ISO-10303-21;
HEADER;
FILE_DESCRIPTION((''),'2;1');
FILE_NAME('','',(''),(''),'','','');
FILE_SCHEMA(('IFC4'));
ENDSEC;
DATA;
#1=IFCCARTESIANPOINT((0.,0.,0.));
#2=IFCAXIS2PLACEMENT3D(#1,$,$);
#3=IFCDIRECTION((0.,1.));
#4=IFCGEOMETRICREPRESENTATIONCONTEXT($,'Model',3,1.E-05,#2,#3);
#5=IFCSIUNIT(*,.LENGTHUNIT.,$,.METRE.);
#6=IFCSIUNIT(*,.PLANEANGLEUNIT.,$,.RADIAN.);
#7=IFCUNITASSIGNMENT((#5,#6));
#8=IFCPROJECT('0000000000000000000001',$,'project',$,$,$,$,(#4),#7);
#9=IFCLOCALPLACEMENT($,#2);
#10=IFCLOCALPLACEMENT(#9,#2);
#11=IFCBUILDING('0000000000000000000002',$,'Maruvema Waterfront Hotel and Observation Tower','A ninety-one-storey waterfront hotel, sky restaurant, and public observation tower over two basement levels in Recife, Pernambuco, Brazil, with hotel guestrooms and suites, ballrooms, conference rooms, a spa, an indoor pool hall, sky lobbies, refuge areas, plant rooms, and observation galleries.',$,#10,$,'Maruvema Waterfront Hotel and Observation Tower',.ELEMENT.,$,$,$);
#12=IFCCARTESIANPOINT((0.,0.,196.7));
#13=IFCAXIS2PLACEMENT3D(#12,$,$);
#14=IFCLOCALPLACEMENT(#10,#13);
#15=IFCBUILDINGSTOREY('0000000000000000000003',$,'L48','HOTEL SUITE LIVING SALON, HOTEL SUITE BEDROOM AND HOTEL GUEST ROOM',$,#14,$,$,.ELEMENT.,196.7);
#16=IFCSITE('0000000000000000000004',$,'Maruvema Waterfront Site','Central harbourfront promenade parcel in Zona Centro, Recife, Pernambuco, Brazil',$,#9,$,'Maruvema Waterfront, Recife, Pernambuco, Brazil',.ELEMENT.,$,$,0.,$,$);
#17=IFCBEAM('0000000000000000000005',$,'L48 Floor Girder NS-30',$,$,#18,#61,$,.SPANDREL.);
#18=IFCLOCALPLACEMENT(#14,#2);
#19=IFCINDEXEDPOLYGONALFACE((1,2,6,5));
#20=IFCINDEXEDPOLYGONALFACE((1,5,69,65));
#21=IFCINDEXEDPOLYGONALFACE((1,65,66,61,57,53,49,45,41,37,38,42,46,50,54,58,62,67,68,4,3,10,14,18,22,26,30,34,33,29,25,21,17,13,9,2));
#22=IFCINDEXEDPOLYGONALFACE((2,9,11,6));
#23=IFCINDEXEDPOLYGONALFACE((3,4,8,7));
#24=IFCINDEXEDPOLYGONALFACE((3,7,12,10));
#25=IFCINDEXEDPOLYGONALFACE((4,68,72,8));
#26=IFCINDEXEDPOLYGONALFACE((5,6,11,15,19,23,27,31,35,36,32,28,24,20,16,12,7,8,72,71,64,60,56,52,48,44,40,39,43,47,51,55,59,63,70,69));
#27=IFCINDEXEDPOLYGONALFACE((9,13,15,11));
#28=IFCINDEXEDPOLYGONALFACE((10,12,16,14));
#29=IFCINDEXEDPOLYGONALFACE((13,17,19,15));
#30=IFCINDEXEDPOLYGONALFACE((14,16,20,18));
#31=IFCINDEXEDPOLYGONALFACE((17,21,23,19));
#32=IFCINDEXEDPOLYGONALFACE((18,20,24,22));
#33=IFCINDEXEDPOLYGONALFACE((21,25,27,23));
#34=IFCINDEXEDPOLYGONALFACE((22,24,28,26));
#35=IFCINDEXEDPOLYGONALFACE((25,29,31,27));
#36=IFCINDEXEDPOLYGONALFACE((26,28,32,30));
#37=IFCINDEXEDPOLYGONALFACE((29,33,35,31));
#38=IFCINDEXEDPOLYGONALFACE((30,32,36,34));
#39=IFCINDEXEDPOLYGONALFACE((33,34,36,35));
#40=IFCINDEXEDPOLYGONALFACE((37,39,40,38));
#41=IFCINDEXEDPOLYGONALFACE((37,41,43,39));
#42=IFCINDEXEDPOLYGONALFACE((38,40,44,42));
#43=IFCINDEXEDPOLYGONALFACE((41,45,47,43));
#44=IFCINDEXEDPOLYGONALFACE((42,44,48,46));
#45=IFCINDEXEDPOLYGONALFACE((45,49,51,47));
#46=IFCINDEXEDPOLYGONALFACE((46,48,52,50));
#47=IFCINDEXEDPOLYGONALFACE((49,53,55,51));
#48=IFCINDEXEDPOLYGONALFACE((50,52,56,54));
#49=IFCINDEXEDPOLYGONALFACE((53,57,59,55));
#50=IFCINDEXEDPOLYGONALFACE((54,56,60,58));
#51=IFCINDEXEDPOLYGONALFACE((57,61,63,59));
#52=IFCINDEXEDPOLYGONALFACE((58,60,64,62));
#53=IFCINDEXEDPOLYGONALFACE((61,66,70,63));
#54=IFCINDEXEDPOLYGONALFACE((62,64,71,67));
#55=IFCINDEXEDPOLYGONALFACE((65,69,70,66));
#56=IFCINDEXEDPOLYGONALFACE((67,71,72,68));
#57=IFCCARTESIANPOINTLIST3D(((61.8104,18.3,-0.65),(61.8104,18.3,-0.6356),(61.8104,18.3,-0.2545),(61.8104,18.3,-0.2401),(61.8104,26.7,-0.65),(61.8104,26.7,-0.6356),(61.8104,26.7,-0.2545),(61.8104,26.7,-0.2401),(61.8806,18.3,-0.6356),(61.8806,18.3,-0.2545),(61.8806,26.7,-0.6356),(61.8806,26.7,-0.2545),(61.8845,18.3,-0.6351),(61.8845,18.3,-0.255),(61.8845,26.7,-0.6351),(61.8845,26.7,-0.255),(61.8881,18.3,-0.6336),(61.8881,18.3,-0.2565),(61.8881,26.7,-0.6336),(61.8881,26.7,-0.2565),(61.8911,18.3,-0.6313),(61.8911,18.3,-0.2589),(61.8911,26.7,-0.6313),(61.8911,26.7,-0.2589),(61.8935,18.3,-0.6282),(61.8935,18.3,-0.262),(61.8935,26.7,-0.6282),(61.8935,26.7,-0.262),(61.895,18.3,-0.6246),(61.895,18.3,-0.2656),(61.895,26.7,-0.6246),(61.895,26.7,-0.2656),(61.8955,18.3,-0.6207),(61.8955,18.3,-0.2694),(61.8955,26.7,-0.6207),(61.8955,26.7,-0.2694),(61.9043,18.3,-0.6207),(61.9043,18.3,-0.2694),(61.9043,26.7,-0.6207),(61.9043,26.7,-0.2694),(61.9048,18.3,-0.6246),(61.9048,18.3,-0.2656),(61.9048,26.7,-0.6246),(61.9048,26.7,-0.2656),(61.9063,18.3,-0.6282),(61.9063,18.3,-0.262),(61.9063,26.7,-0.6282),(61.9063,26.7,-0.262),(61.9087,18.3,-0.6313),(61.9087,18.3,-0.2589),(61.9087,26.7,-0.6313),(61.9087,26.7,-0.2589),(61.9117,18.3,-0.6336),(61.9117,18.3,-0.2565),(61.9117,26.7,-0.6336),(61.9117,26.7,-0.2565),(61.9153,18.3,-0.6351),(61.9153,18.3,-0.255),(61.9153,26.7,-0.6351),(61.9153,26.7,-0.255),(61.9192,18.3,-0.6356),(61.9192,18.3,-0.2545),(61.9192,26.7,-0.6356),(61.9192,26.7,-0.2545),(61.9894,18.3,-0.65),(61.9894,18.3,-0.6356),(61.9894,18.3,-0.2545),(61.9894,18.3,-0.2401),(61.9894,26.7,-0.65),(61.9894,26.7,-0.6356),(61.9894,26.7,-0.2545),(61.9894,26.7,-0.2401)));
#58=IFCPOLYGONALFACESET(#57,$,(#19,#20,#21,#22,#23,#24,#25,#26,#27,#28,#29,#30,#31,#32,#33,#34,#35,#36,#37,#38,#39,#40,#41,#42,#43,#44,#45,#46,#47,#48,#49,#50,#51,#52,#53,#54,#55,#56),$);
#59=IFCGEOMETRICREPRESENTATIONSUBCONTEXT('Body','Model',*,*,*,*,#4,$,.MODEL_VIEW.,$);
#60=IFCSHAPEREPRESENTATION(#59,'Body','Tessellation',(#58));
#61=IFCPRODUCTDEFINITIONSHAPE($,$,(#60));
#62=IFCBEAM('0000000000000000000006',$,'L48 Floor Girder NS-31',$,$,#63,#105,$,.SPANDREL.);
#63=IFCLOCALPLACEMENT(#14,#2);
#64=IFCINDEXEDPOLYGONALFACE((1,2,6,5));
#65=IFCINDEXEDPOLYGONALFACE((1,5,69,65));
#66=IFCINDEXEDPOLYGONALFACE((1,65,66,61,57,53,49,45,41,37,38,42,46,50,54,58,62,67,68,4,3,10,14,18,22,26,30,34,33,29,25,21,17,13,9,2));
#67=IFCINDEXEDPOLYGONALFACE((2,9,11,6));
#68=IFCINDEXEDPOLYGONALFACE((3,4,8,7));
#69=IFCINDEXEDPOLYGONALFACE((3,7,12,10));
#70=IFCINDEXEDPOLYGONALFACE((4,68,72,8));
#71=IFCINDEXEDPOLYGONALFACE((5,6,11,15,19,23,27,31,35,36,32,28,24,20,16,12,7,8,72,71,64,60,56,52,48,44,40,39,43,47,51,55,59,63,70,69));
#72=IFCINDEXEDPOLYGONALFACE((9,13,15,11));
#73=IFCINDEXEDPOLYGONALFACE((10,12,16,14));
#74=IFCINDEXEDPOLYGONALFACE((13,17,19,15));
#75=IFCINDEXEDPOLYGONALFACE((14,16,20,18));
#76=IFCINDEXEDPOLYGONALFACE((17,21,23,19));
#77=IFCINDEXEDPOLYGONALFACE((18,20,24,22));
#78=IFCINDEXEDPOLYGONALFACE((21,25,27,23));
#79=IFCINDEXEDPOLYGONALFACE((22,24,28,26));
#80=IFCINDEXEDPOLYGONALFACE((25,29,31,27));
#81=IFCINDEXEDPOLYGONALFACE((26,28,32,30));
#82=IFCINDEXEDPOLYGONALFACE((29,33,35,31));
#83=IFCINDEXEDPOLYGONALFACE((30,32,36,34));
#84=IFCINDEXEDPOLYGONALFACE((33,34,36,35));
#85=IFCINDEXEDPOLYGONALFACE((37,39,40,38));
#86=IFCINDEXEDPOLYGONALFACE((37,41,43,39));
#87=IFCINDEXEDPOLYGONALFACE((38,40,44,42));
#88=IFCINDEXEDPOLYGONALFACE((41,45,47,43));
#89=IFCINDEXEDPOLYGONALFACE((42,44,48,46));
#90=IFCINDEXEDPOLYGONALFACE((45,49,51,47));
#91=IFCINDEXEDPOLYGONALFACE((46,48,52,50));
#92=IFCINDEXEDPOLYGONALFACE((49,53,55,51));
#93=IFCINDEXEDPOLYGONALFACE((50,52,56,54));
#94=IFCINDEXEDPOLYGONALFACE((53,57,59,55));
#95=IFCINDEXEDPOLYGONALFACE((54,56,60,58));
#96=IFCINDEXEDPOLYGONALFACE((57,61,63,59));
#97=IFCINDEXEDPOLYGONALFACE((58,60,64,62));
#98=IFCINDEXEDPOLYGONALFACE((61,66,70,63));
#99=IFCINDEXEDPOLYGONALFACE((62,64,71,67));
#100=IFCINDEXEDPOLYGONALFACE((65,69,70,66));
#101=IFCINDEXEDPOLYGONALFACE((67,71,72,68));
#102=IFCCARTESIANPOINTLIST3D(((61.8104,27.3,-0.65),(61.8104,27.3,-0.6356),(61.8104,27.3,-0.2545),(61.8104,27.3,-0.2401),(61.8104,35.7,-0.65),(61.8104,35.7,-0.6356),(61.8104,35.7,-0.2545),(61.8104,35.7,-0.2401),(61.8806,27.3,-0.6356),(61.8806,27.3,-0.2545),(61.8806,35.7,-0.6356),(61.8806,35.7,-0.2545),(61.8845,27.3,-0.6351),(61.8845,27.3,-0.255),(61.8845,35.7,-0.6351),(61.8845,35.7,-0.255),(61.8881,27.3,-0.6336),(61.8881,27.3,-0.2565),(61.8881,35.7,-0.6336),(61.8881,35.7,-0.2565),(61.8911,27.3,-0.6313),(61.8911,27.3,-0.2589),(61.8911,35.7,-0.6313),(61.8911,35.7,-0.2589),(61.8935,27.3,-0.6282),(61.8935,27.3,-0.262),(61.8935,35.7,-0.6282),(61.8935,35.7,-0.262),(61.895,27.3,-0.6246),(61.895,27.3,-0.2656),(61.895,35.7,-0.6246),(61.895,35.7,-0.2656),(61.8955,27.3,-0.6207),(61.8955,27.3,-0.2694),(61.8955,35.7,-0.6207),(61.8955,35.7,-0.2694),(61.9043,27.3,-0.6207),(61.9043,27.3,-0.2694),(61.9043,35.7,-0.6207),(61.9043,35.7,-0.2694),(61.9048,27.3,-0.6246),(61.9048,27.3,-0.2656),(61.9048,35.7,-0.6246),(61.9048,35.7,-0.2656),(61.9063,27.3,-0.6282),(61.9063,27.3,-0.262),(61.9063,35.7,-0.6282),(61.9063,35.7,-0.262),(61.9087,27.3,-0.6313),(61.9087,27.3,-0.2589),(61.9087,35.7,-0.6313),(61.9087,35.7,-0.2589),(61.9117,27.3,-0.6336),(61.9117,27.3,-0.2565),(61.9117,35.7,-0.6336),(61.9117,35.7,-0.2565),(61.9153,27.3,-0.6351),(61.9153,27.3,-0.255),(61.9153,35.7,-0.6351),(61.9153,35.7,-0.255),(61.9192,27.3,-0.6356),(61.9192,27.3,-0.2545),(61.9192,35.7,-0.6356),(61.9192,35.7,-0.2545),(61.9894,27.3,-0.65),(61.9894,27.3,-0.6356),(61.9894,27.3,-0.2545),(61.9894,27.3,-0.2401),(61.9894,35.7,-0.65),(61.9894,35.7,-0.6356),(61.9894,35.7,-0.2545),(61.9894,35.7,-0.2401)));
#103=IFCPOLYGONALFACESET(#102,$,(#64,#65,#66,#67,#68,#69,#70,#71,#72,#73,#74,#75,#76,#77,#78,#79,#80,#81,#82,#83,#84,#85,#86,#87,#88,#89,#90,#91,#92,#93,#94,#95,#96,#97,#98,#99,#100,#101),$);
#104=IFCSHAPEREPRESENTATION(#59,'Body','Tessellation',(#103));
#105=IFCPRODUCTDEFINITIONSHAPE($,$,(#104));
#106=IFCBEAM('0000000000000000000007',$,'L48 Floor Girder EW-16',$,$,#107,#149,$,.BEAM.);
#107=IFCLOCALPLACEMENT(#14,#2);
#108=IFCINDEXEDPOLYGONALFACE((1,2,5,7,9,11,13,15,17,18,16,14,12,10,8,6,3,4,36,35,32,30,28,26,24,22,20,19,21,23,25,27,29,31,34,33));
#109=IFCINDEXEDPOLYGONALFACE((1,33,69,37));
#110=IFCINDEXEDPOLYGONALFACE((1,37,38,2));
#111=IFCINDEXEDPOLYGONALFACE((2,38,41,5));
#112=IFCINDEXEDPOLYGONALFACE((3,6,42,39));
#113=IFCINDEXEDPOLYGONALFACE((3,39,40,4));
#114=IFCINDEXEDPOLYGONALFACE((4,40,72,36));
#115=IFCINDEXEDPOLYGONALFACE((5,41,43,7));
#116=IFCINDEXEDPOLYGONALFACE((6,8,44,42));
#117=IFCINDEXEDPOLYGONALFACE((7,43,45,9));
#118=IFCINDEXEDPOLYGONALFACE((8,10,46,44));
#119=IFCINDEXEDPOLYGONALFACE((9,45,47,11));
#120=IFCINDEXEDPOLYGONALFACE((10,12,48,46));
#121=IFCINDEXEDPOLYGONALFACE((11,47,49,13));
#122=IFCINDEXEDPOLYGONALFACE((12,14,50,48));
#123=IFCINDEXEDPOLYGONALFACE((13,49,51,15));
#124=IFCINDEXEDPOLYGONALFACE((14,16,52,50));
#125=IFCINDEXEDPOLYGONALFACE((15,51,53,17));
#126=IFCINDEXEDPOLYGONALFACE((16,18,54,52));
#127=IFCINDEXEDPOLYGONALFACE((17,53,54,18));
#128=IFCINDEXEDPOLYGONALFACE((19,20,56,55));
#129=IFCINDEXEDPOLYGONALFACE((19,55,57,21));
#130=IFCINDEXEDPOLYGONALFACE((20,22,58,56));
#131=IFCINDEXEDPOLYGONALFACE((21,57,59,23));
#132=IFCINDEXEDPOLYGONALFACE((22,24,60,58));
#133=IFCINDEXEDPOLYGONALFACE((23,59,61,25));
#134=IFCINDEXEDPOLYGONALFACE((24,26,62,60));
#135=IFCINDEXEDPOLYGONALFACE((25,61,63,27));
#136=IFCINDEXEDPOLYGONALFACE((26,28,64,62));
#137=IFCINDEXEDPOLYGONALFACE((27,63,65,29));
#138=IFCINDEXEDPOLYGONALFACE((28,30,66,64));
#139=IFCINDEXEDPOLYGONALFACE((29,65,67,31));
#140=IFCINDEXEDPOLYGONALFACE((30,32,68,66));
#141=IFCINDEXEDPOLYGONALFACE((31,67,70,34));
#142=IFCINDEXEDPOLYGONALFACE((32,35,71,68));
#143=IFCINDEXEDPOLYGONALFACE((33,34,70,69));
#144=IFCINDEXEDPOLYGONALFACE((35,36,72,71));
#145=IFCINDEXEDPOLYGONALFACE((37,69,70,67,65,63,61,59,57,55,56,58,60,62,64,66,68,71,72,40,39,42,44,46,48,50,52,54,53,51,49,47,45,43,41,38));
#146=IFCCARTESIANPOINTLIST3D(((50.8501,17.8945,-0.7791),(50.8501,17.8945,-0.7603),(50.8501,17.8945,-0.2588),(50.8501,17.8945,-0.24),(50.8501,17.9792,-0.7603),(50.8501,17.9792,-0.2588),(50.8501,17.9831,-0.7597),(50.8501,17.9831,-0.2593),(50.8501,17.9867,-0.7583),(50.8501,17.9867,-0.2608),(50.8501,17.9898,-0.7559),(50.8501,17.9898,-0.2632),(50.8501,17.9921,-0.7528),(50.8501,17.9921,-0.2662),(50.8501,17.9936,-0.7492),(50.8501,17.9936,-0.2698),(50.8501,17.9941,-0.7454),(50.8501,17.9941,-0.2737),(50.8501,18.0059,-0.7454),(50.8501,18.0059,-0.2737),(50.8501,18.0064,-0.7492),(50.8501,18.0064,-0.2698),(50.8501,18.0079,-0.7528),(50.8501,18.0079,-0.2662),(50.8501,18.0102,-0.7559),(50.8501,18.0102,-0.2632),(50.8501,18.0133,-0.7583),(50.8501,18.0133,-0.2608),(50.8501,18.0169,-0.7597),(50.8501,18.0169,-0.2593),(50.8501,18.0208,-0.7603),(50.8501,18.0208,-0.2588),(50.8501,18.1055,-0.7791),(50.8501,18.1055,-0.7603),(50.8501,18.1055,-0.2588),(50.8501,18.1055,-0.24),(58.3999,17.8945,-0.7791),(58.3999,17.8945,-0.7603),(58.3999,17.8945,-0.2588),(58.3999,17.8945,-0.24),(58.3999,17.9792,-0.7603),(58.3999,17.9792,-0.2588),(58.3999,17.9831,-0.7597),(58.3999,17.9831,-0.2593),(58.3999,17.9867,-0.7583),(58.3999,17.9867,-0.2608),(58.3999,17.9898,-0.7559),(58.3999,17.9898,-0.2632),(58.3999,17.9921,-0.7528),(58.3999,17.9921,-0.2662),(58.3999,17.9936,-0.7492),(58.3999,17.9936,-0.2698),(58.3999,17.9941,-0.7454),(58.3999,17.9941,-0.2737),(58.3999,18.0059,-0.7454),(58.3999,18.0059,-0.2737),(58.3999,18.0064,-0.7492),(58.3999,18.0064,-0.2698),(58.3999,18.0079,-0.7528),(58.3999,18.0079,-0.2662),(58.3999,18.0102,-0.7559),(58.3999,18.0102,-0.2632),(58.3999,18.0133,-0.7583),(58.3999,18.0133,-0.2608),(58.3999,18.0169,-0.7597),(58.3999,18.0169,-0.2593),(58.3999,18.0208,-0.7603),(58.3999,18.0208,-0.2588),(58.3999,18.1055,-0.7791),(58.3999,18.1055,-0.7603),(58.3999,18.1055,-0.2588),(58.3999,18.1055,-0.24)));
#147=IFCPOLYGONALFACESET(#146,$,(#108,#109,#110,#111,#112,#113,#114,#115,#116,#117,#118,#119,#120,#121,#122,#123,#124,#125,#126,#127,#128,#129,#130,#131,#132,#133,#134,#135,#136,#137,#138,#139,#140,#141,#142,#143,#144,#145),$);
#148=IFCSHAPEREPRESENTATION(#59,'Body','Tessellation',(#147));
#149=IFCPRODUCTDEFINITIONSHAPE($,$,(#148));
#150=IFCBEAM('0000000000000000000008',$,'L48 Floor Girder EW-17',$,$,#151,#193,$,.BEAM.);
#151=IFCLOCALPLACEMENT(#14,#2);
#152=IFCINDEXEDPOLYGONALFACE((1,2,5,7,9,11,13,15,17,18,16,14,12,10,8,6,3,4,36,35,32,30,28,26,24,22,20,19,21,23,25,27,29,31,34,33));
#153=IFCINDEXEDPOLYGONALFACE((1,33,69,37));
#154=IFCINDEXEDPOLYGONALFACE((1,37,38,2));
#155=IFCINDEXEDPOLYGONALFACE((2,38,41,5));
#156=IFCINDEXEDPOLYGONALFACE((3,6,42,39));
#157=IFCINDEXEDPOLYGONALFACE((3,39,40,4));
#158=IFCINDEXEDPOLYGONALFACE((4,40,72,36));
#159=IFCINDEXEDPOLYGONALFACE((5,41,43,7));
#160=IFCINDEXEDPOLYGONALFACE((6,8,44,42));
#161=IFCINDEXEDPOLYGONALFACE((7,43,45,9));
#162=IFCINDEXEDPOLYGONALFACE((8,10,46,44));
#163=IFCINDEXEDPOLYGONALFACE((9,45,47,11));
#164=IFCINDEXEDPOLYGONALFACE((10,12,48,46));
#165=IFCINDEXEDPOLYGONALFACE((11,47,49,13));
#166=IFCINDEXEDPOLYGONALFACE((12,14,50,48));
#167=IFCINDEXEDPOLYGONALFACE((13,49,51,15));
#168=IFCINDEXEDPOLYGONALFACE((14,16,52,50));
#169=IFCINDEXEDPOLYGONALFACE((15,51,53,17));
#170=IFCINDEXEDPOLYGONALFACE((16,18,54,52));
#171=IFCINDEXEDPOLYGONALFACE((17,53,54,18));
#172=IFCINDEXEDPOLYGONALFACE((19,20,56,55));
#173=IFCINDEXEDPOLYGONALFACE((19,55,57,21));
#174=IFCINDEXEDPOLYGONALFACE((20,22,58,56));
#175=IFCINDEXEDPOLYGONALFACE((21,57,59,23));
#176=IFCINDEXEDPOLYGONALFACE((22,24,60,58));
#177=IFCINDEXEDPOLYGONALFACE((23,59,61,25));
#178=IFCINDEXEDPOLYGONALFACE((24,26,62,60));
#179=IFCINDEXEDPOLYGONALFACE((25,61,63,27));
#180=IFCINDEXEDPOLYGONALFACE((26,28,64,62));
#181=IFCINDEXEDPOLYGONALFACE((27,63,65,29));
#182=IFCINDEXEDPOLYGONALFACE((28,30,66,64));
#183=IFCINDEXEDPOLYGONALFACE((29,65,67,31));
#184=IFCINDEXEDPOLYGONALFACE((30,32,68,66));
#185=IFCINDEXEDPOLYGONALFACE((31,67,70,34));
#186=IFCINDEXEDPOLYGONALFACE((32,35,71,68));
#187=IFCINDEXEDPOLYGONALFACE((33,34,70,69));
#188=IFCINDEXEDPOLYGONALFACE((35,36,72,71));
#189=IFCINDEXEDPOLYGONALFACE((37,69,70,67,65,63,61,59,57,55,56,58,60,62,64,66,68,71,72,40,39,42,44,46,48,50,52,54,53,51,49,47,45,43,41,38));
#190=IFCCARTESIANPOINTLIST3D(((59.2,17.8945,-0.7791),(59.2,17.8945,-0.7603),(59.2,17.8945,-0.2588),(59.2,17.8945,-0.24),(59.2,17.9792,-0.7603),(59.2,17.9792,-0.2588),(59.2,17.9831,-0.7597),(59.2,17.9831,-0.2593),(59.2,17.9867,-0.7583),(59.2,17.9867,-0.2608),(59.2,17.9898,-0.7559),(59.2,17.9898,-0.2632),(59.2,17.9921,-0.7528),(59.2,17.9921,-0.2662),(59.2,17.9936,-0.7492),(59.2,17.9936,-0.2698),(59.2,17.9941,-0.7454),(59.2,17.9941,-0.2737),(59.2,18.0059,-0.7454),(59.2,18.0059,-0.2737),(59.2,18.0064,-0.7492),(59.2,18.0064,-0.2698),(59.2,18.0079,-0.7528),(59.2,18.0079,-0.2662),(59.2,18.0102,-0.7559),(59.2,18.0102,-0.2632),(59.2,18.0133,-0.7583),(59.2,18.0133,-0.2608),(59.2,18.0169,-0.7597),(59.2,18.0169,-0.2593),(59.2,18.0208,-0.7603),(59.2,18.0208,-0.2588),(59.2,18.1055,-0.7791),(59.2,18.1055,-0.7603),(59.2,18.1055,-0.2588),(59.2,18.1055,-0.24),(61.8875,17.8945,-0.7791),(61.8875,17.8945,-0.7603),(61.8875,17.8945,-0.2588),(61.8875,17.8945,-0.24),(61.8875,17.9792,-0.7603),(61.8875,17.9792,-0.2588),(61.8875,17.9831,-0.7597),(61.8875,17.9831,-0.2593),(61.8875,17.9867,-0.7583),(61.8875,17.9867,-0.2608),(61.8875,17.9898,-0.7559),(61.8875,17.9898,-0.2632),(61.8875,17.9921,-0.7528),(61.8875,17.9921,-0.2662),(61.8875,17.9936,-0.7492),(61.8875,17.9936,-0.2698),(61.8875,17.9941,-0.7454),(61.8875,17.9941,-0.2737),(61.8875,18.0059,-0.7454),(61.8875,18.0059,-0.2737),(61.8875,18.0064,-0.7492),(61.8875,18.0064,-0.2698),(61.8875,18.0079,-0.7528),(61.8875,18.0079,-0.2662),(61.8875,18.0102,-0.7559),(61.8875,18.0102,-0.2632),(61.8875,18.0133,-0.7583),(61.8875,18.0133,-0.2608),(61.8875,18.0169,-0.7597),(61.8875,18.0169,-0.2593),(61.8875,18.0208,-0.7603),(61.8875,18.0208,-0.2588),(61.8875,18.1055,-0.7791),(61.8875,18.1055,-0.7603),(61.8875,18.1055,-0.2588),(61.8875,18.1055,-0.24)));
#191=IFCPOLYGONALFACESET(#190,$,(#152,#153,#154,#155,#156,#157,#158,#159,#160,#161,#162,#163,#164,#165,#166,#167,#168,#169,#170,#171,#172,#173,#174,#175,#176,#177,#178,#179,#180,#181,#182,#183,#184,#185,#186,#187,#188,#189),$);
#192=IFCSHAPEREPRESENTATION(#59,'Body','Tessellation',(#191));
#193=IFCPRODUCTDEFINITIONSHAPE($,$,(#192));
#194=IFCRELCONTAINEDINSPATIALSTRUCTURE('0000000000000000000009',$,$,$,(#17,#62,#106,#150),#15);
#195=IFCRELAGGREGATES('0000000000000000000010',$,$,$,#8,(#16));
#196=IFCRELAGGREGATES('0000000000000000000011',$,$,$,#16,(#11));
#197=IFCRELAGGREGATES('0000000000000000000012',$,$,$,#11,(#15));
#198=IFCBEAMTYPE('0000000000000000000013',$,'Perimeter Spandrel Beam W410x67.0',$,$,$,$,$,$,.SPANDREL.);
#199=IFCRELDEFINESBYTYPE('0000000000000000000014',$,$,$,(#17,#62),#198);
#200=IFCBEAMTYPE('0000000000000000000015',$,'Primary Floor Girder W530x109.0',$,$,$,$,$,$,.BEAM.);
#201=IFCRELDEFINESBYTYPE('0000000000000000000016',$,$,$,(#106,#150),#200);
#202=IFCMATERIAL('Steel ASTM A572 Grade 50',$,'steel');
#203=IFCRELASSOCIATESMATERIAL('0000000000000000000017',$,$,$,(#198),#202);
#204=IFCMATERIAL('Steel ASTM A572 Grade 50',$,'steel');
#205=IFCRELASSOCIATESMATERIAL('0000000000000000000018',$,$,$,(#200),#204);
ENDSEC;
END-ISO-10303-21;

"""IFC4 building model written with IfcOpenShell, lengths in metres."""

from ifc_helpers import new_model, si_unit, direction, frame, origin, origin_2d, place, context, subcontext, project, spatial, i_section, extrude, material, material_profile, profile_set, type_object, element, save


model = new_model("IFC4")

# Units and contexts
model_context = context("Model", 3, precision=1e-05, world=origin(), true_north=direction((0.0, 1.0)))
body_context = subcontext(model_context, "Body", "Model", "MODEL_VIEW")
ifc_project = project(units=[si_unit("LENGTHUNIT", "METRE"), si_unit("PLANEANGLEUNIT", "RADIAN")], contexts=[model_context])

# Site, building, storey
site_placement = place(None, origin())
site = spatial("IfcSite", under=ifc_project, at=site_placement, Name="Maruvema Waterfront Site", Description="Central harbourfront promenade parcel in Zona Centro, Recife, Pernambuco, Brazil", LongName="Maruvema Waterfront, Recife, Pernambuco, Brazil", CompositionType="ELEMENT", RefElevation=0.0)
building_placement = place(site_placement, origin())
building = spatial("IfcBuilding", under=site, at=building_placement, Name="Maruvema Waterfront Hotel and Observation Tower", Description="A ninety-one-storey waterfront hotel, sky restaurant, and public observation tower over two basement levels in Recife, Pernambuco, Brazil, with hotel guestrooms and suites, ballrooms, conference rooms, a spa, an indoor pool hall, sky lobbies, refuge areas, plant rooms, and observation galleries.", LongName="Maruvema Waterfront Hotel and Observation Tower", CompositionType="ELEMENT")
storey_placement = place(building_placement, frame((0.0, 0.0, 196.7)))
storey = spatial("IfcBuildingStorey", under=building, at=storey_placement, Name="L48", Description="HOTEL SUITE LIVING SALON, HOTEL SUITE BEDROOM AND HOTEL GUEST ROOM", CompositionType="ELEMENT", Elevation=196.7)

# Beams
ifc_material_1 = material(Name="Steel ASTM A572 Grade 50", Category="steel")
ifc_material_profile_1 = material_profile(ifc_material_1, i_section(OverallWidth=0.179, OverallDepth=0.4099, WebThickness=0.0088, FlangeThickness=0.0144, FilletRadius=0.0149, at=origin_2d()), Name="W410x67.0")
ifc_profile_set_1 = profile_set([ifc_material_profile_1], Name="Steel ASTM A572 Grade 50")
beam_type_1 = type_object("IfcBeamType", Name="Perimeter Spandrel Beam W410x67.0", PredefinedType="SPANDREL", material=ifc_profile_set_1)
for number, where, z_axis, x_axis, name in (
    (1, (61.8999, 18.3, -0.4451), (0.0, 1.0, 0.0), (-1.0, 0.0, 0.0), "L48 Floor Girder NS-30"),
    (2, (61.8999, 27.3, -0.4451), (0.0, 1.0, 0.0), (-1.0, 0.0, 0.0), "L48 Floor Girder NS-31"),
):
    element("IfcBeam", number, at=place(storey_placement, frame(where, z_axis=z_axis, x_axis=x_axis)), inside=storey, type_object=beam_type_1, Name=name, PredefinedType="SPANDREL", context=body_context, shape_type="SweptSolid", body=[
        extrude(i_section(OverallWidth=0.179, OverallDepth=0.4099, WebThickness=0.0088, FlangeThickness=0.0144, FilletRadius=0.0149, at=origin_2d()), origin(), (0.0, 0.0, 1.0), 8.3999),
    ])
ifc_material_2 = material(Name="Steel ASTM A572 Grade 50", Category="steel")
ifc_material_profile_2 = material_profile(ifc_material_2, i_section(OverallWidth=0.2109, OverallDepth=0.5391, WebThickness=0.0117, FlangeThickness=0.0188, FilletRadius=0.0149, at=origin_2d()), Name="W530x109.0")
ifc_profile_set_2 = profile_set([ifc_material_profile_2], Name="Steel ASTM A572 Grade 50")
beam_type_2 = type_object("IfcBeamType", Name="Primary Floor Girder W530x109.0", PredefinedType="BEAM", material=ifc_profile_set_2)
beam_1_placement = place(storey_placement, frame((50.8501, 18.0, -0.5095), z_axis=(1.0, 0.0, 0.0), x_axis=(0.0, 1.0, 0.0)))
element("IfcBeam", 3, at=beam_1_placement, inside=storey, type_object=beam_type_2, Name="L48 Floor Girder EW-16", PredefinedType="BEAM", context=body_context, shape_type="SweptSolid", body=[
    extrude(i_section(OverallWidth=0.2109, OverallDepth=0.5391, WebThickness=0.0117, FlangeThickness=0.0188, FilletRadius=0.0149, at=origin_2d()), origin(), (0.0, 0.0, 1.0), 7.5498),
])
beam_2_placement = place(storey_placement, frame((59.2, 18.0, -0.5095), z_axis=(1.0, 0.0, 0.0), x_axis=(0.0, 1.0, 0.0)))
element("IfcBeam", 4, at=beam_2_placement, inside=storey, type_object=beam_type_2, Name="L48 Floor Girder EW-17", PredefinedType="BEAM", context=body_context, shape_type="SweptSolid", body=[
    extrude(i_section(OverallWidth=0.2109, OverallDepth=0.5391, WebThickness=0.0117, FlangeThickness=0.0188, FilletRadius=0.0149, at=origin_2d()), origin(), (0.0, 0.0, 1.0), 2.6875),
])

save(model, "model.ifc")
